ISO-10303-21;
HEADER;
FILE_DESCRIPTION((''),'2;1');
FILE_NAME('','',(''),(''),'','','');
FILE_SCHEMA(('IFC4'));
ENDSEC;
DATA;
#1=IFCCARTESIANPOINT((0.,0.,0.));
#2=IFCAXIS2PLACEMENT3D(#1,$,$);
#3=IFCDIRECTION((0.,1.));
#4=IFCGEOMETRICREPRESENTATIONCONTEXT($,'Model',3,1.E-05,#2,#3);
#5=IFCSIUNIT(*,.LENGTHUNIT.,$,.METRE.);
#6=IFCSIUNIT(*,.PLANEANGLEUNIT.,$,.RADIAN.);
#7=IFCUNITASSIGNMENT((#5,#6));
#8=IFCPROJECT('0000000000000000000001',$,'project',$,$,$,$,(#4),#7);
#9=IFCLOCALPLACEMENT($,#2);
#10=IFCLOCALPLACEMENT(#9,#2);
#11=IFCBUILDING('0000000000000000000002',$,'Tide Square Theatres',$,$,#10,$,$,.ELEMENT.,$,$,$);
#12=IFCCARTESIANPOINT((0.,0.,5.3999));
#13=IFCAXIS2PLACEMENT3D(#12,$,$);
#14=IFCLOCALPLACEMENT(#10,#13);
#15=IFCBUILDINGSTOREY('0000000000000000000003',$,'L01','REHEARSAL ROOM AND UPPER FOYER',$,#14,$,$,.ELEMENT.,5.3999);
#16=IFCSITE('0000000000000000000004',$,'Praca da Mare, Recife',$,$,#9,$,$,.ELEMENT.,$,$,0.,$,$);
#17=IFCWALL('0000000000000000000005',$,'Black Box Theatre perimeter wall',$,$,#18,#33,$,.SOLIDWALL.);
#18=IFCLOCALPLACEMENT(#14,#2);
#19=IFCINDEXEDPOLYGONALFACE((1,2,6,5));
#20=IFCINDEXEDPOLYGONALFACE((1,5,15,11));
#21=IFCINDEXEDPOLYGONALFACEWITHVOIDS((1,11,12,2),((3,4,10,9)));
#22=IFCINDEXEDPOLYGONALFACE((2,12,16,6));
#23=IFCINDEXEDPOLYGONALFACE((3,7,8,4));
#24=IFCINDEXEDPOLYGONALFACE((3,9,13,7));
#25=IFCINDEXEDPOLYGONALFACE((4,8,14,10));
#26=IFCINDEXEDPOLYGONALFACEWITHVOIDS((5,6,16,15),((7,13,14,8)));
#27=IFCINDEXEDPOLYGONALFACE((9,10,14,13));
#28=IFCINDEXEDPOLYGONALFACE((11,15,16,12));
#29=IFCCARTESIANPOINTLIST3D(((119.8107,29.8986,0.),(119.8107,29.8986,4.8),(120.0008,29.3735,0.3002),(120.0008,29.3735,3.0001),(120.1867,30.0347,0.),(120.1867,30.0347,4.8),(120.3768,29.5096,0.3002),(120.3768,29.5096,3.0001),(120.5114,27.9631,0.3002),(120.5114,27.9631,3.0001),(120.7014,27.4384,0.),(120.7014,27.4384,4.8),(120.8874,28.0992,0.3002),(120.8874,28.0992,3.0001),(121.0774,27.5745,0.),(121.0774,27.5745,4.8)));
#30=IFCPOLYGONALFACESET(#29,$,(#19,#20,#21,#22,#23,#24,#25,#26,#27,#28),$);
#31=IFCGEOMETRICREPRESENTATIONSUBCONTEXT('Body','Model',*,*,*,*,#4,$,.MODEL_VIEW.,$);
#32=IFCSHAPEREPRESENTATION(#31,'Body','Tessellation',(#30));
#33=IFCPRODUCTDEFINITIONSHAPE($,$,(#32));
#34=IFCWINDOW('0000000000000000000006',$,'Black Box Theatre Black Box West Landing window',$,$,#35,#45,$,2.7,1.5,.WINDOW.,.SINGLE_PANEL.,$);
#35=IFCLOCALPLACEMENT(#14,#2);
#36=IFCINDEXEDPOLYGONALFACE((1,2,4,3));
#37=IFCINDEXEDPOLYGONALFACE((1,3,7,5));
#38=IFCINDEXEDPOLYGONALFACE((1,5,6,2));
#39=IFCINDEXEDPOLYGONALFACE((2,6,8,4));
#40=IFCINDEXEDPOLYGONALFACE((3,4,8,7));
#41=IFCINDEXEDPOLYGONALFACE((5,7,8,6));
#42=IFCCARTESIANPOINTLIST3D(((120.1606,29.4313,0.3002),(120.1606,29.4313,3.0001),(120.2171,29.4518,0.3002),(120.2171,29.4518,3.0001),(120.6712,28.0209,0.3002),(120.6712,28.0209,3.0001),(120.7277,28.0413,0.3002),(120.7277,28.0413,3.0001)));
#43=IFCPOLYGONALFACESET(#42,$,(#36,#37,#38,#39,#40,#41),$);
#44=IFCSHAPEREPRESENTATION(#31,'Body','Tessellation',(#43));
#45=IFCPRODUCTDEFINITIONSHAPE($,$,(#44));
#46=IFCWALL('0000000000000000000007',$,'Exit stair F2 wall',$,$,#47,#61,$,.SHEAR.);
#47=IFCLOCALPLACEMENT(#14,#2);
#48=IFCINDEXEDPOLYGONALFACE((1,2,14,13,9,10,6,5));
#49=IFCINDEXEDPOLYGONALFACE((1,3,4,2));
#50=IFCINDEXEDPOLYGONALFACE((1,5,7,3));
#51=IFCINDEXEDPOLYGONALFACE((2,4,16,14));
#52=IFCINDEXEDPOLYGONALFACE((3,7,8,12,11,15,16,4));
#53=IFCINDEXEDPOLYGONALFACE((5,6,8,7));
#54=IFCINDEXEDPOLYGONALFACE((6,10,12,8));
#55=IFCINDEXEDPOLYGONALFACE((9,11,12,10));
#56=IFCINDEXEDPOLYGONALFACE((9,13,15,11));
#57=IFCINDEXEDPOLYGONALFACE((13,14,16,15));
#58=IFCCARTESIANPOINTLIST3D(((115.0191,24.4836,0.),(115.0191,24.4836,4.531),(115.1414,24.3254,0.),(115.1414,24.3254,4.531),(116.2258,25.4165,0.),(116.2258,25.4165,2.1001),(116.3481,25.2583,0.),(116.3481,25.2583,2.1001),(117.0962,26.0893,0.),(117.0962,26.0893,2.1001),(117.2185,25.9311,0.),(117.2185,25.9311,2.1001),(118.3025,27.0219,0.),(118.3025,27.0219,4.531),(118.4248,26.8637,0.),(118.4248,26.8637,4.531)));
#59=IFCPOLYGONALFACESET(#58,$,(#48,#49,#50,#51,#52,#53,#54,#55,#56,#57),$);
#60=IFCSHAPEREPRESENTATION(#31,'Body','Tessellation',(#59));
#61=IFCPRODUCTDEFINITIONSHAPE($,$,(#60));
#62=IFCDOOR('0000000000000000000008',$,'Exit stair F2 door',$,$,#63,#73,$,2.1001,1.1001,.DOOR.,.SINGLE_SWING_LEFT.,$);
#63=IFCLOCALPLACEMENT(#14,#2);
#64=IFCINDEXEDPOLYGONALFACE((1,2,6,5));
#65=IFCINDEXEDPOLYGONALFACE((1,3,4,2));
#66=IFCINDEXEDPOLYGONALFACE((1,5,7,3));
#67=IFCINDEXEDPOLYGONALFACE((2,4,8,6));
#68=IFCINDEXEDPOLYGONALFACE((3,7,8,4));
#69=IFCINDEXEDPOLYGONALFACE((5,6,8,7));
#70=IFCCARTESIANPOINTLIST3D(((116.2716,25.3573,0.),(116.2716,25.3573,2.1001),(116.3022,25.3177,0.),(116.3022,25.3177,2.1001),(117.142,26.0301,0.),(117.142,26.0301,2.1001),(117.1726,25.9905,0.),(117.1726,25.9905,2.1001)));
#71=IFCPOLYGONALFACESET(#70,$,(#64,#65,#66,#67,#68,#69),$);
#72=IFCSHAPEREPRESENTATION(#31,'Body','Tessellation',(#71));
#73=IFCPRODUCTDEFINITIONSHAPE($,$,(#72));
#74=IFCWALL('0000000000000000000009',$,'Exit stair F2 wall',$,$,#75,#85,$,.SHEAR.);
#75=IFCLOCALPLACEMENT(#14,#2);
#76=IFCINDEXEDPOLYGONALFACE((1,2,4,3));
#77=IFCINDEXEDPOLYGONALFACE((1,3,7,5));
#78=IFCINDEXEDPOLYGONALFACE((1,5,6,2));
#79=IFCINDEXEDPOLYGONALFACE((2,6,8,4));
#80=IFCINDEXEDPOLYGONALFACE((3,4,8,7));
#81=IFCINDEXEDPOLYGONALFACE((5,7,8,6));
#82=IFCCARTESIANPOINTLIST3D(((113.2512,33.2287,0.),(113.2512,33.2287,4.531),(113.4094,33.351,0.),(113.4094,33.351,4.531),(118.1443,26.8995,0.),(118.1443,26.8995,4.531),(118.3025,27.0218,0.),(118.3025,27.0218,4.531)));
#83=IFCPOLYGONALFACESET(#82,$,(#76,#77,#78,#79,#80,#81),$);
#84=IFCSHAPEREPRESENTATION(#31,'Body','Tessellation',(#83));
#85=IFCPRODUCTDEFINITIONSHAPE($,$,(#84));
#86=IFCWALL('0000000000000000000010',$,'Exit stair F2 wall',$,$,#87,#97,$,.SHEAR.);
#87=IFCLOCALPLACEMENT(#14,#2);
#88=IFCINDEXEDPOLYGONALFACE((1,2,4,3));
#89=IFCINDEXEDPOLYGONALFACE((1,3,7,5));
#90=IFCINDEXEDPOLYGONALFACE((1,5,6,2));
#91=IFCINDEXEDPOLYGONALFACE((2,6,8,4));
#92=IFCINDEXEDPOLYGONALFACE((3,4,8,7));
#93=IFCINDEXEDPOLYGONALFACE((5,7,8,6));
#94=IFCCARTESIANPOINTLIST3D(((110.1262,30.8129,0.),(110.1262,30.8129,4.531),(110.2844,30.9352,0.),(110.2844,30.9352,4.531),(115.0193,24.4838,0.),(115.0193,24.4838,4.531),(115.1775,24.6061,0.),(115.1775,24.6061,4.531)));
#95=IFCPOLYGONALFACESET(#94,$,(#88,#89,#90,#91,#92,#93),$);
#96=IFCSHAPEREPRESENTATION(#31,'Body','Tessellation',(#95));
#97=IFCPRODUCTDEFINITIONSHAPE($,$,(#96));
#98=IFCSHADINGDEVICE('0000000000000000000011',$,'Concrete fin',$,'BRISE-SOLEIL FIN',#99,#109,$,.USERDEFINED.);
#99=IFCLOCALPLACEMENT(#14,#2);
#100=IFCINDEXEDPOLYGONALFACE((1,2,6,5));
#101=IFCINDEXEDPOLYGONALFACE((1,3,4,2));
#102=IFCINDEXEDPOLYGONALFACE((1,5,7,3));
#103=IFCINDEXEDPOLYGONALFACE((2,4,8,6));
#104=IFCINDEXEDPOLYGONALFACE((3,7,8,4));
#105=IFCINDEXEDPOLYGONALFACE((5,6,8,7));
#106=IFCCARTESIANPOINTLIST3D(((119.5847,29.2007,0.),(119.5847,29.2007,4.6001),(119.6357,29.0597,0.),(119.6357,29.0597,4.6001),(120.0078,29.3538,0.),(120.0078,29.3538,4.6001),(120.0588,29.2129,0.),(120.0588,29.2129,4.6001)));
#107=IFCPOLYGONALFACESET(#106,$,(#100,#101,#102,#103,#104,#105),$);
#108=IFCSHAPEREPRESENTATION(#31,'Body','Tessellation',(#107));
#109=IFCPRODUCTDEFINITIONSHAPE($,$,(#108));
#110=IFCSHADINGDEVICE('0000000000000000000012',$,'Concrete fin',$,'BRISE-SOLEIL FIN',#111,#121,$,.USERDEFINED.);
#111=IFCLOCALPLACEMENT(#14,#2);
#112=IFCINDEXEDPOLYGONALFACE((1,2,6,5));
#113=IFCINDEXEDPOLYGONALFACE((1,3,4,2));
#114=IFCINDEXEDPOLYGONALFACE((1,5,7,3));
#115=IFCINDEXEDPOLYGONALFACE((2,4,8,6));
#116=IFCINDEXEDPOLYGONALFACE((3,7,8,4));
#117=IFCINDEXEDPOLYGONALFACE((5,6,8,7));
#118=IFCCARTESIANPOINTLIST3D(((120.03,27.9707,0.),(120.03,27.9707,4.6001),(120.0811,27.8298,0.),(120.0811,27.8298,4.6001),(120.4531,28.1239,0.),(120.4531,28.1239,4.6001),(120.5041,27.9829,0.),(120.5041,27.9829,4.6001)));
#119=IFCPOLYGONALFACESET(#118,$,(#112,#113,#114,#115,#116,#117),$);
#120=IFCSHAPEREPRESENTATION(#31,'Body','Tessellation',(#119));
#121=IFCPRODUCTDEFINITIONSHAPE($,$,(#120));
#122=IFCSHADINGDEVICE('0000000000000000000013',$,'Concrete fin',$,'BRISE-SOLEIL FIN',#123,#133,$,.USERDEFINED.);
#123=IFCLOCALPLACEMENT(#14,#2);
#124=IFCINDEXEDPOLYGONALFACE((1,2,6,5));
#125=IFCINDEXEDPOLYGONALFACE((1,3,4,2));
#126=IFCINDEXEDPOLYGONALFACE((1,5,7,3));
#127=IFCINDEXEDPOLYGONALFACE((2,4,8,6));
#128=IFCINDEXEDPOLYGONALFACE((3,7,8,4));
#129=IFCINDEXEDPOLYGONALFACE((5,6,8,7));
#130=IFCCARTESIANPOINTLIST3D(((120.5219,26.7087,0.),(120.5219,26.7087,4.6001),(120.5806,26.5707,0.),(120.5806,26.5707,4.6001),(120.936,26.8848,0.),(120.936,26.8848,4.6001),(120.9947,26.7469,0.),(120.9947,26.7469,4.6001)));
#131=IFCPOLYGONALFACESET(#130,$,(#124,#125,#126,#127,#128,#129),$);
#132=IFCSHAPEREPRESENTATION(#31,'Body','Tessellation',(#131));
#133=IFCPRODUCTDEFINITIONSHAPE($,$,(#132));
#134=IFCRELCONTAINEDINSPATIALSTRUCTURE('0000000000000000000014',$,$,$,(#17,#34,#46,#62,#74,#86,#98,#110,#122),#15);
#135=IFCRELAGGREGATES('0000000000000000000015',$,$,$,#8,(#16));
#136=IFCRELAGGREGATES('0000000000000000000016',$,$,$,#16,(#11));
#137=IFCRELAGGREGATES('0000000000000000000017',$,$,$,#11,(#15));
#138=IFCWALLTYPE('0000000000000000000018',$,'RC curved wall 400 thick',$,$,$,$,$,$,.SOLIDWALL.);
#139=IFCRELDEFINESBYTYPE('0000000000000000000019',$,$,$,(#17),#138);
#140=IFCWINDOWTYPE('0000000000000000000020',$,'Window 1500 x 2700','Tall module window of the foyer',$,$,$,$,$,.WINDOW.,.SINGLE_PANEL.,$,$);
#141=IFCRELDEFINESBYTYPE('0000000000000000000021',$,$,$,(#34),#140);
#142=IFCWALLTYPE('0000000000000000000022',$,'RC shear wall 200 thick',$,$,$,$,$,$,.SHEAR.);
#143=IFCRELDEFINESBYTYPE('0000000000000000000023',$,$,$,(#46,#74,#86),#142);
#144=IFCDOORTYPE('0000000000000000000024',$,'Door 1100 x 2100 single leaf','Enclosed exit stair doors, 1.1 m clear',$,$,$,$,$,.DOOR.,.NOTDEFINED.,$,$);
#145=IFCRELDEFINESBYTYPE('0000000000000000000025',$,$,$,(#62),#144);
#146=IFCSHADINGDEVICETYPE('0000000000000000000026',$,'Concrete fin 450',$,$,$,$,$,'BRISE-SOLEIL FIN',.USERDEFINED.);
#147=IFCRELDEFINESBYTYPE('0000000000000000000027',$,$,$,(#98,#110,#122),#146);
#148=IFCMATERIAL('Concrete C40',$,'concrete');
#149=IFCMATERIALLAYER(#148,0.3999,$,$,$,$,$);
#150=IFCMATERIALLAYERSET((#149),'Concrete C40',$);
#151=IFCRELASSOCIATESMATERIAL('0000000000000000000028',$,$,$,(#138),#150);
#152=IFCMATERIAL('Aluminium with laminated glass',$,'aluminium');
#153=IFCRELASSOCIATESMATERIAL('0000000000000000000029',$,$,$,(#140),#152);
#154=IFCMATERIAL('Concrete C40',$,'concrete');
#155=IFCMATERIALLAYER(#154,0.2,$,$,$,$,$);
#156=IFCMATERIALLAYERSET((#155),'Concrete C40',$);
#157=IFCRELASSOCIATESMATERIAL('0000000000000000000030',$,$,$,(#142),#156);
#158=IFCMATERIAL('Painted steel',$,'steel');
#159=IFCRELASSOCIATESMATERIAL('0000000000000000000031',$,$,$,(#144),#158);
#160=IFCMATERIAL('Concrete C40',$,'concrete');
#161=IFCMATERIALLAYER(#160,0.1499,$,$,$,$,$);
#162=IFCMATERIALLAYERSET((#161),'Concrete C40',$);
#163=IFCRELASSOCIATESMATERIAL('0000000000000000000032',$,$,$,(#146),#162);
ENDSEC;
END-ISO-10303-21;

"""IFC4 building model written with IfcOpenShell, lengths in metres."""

from ifc_helpers import new_model, si_unit, direction, frame, frame_2d, origin, origin_2d, place, context, subcontext, project, spatial, rectangle, extrude, material, layer, layer_set, type_object, element, fill, save


model = new_model("IFC4")

# Units and contexts
model_context = context("Model", 3, precision=1e-05, world=origin(), true_north=direction((0.0, 1.0)))
body_context = subcontext(model_context, "Body", "Model", "MODEL_VIEW")
ifc_project = project(units=[si_unit("LENGTHUNIT", "METRE"), si_unit("PLANEANGLEUNIT", "RADIAN")], contexts=[model_context])

# Site, building, storey
site_placement = place(None, origin())
site = spatial("IfcSite", under=ifc_project, at=site_placement, Name="Praca da Mare, Recife", CompositionType="ELEMENT", RefElevation=0.0)
building_placement = place(site_placement, origin())
building = spatial("IfcBuilding", under=site, at=building_placement, Name="Tide Square Theatres", CompositionType="ELEMENT")
storey_placement = place(building_placement, frame((0.0, 0.0, 5.3999)))
storey = spatial("IfcBuildingStorey", under=building, at=storey_placement, Name="L01", Description="REHEARSAL ROOM AND UPPER FOYER", CompositionType="ELEMENT", Elevation=5.3999)

# Wall, opening, window
ifc_material_1 = material(Name="Concrete C40", Category="concrete")
ifc_layer_1 = layer(ifc_material_1, 0.3999)
ifc_layer_set_1 = layer_set([ifc_layer_1], Name="Concrete C40")
wall_type_1 = type_object("IfcWallType", Name="RC curved wall 400 thick", PredefinedType="SOLIDWALL", material=ifc_layer_set_1)
wall_1_placement = place(storey_placement, frame((119.9988, 29.9666, 0.0), z_axis=(0.0, 0.0, 1.0), x_axis=(0.340394, -0.940283, 0.0)))
wall_1 = element("IfcWall", 1, at=wall_1_placement, inside=storey, type_object=wall_type_1, Name="Black Box Theatre perimeter wall", PredefinedType="SOLIDWALL", context=body_context, shape_type="SweptSolid", body=[
    extrude(rectangle(XDim=2.6165, YDim=0.3999, at=frame_2d((1.3081, 0.0))), origin(), (0.0, 0.0, 1.0), 4.8),
])
opening_1_placement = place(wall_1_placement, frame((0.5583, 0.0, 0.3)))
opening_1 = element("IfcOpeningElement", 2, at=opening_1_placement, cuts=wall_1, PredefinedType="OPENING", context=body_context, shape_type="SweptSolid", body=[
    extrude(rectangle(XDim=1.5, YDim=2.7, at=frame_2d((0.75, 1.3501))), frame((0.0, 0.21, 0.0), z_axis=(0.0, -1.0, 0.0), x_axis=(1.0, 0.0, 0.0)), (0.0, 0.0, 1.0), 0.4199),
])
ifc_material_2 = material(Name="Aluminium with laminated glass", Category="aluminium")
window_type = type_object("IfcWindowType", Name="Window 1500 x 2700", Description="Tall module window of the foyer", PartitioningType="SINGLE_PANEL", PredefinedType="WINDOW", material=ifc_material_2)
window_placement = place(opening_1_placement, origin())
window = element("IfcWindow", 3, at=window_placement, inside=storey, type_object=window_type, Name="Black Box Theatre Black Box West Landing window", OverallHeight=2.7, OverallWidth=1.5, PartitioningType="SINGLE_PANEL", PredefinedType="WINDOW", context=body_context, shape_type="SweptSolid", body=[
    extrude(rectangle(XDim=1.5, YDim=2.7, at=frame_2d((0.75, 1.3501))), frame((0.0, 0.03, 0.0), z_axis=(0.0, -1.0, 0.0), x_axis=(1.0, 0.0, 0.0)), (0.0, 0.0, 1.0), 0.0601),
])
fill(opening_1, window)

# Wall, opening, door
ifc_material_3 = material(Name="Concrete C40", Category="concrete")
ifc_layer_2 = layer(ifc_material_3, 0.2)
ifc_layer_set_2 = layer_set([ifc_layer_2], Name="Concrete C40")
wall_type_2 = type_object("IfcWallType", Name="RC shear wall 200 thick", PredefinedType="SHEAR", material=ifc_layer_set_2)
wall_2_placement = place(storey_placement, frame((118.3638, 26.9429, 0.0), z_axis=(0.0, 0.0, 1.0), x_axis=(-0.791154, -0.611617, 0.0)))
wall_2 = element("IfcWall", 4, at=wall_2_placement, inside=storey, type_object=wall_type_2, Name="Exit stair F2 wall", PredefinedType="SHEAR", context=body_context, shape_type="SweptSolid", body=[
    extrude(rectangle(XDim=4.1501, YDim=0.2, at=frame_2d((2.0752, 0.0))), origin(), (0.0, 0.0, 1.0), 4.531),
])
opening_2_placement = place(wall_2_placement, frame((1.5249, 0.0, 0.0)))
opening_2 = element("IfcOpeningElement", 5, at=opening_2_placement, cuts=wall_2, PredefinedType="OPENING", context=body_context, shape_type="SweptSolid", body=[
    extrude(rectangle(XDim=1.1001, YDim=2.1001, at=frame_2d((0.55, 1.05))), frame((0.0, 0.1099, 0.0), z_axis=(0.0, -1.0, 0.0), x_axis=(1.0, 0.0, 0.0)), (0.0, 0.0, 1.0), 0.22),
])
ifc_material_4 = material(Name="Painted steel", Category="steel")
door_type = type_object("IfcDoorType", Name="Door 1100 x 2100 single leaf", Description="Enclosed exit stair doors, 1.1 m clear", OperationType="NOTDEFINED", PredefinedType="DOOR", material=ifc_material_4)
door_placement = place(opening_2_placement, origin())
door = element("IfcDoor", 6, at=door_placement, inside=storey, type_object=door_type, Name="Exit stair F2 door", OperationType="SINGLE_SWING_LEFT", OverallHeight=2.1001, OverallWidth=1.1001, PredefinedType="DOOR", context=body_context, shape_type="SweptSolid", body=[
    extrude(rectangle(XDim=1.1001, YDim=2.1001, at=frame_2d((0.55, 1.05))), frame((0.0, 0.0249, 0.0), z_axis=(0.0, -1.0, 0.0), x_axis=(1.0, 0.0, 0.0)), (0.0, 0.0, 1.0), 0.05),
])
fill(opening_2, door)

# Walls
for number, where, z_axis, x_axis, name in (
    (7, (118.2234, 26.9607, 0.0), (0.0, 0.0, 1.0), (-0.611635, 0.79114, 0.0), "Exit stair F2 wall"),
    (8, (115.0984, 24.5449, 0.0), (0.0, 0.0, 1.0), (-0.611635, 0.79114, 0.0), "Exit stair F2 wall"),
):
    element("IfcWall", number, at=place(storey_placement, frame(where, z_axis=z_axis, x_axis=x_axis)), inside=storey, type_object=wall_type_2, Name=name, PredefinedType="SHEAR", context=body_context, shape_type="SweptSolid", body=[
        extrude(rectangle(XDim=8.0, YDim=0.2, at=frame_2d((4.0, 0.0))), origin(), (0.0, 0.0, 1.0), 4.531),
    ])

# Shading devices
ifc_material_5 = material(Name="Concrete C40", Category="concrete")
ifc_layer_3 = layer(ifc_material_5, 0.1499)
ifc_layer_set_3 = layer_set([ifc_layer_3], Name="Concrete C40")
shading_device_type = type_object("IfcShadingDeviceType", Name="Concrete fin 450", ElementType="BRISE-SOLEIL FIN", PredefinedType="USERDEFINED", material=ifc_layer_set_3)
for number, where, z_axis, x_axis, name in (
    (9, (119.8218, 29.2068, 0.0), (0.0, 0.0, 1.0), (0.34038, -0.940288, 0.0), "Concrete fin"),
    (10, (120.2671, 27.9768, 0.0), (0.0, 0.0, 1.0), (0.34038, -0.940288, 0.0), "Concrete fin"),
    (11, (120.7583, 26.7278, 0.0), (0.0, 0.0, 1.0), (0.391518, -0.92017, 0.0), "Concrete fin"),
):
    element("IfcShadingDevice", number, at=place(storey_placement, frame(where, z_axis=z_axis, x_axis=x_axis)), inside=storey, type_object=shading_device_type, Name=name, ObjectType="BRISE-SOLEIL FIN", PredefinedType="USERDEFINED", context=body_context, shape_type="SweptSolid", body=[
        extrude(rectangle(XDim=0.1499, YDim=0.45, at=origin_2d()), origin(), (0.0, 0.0, 1.0), 4.6001),
    ])

save(model, "model.ifc")
